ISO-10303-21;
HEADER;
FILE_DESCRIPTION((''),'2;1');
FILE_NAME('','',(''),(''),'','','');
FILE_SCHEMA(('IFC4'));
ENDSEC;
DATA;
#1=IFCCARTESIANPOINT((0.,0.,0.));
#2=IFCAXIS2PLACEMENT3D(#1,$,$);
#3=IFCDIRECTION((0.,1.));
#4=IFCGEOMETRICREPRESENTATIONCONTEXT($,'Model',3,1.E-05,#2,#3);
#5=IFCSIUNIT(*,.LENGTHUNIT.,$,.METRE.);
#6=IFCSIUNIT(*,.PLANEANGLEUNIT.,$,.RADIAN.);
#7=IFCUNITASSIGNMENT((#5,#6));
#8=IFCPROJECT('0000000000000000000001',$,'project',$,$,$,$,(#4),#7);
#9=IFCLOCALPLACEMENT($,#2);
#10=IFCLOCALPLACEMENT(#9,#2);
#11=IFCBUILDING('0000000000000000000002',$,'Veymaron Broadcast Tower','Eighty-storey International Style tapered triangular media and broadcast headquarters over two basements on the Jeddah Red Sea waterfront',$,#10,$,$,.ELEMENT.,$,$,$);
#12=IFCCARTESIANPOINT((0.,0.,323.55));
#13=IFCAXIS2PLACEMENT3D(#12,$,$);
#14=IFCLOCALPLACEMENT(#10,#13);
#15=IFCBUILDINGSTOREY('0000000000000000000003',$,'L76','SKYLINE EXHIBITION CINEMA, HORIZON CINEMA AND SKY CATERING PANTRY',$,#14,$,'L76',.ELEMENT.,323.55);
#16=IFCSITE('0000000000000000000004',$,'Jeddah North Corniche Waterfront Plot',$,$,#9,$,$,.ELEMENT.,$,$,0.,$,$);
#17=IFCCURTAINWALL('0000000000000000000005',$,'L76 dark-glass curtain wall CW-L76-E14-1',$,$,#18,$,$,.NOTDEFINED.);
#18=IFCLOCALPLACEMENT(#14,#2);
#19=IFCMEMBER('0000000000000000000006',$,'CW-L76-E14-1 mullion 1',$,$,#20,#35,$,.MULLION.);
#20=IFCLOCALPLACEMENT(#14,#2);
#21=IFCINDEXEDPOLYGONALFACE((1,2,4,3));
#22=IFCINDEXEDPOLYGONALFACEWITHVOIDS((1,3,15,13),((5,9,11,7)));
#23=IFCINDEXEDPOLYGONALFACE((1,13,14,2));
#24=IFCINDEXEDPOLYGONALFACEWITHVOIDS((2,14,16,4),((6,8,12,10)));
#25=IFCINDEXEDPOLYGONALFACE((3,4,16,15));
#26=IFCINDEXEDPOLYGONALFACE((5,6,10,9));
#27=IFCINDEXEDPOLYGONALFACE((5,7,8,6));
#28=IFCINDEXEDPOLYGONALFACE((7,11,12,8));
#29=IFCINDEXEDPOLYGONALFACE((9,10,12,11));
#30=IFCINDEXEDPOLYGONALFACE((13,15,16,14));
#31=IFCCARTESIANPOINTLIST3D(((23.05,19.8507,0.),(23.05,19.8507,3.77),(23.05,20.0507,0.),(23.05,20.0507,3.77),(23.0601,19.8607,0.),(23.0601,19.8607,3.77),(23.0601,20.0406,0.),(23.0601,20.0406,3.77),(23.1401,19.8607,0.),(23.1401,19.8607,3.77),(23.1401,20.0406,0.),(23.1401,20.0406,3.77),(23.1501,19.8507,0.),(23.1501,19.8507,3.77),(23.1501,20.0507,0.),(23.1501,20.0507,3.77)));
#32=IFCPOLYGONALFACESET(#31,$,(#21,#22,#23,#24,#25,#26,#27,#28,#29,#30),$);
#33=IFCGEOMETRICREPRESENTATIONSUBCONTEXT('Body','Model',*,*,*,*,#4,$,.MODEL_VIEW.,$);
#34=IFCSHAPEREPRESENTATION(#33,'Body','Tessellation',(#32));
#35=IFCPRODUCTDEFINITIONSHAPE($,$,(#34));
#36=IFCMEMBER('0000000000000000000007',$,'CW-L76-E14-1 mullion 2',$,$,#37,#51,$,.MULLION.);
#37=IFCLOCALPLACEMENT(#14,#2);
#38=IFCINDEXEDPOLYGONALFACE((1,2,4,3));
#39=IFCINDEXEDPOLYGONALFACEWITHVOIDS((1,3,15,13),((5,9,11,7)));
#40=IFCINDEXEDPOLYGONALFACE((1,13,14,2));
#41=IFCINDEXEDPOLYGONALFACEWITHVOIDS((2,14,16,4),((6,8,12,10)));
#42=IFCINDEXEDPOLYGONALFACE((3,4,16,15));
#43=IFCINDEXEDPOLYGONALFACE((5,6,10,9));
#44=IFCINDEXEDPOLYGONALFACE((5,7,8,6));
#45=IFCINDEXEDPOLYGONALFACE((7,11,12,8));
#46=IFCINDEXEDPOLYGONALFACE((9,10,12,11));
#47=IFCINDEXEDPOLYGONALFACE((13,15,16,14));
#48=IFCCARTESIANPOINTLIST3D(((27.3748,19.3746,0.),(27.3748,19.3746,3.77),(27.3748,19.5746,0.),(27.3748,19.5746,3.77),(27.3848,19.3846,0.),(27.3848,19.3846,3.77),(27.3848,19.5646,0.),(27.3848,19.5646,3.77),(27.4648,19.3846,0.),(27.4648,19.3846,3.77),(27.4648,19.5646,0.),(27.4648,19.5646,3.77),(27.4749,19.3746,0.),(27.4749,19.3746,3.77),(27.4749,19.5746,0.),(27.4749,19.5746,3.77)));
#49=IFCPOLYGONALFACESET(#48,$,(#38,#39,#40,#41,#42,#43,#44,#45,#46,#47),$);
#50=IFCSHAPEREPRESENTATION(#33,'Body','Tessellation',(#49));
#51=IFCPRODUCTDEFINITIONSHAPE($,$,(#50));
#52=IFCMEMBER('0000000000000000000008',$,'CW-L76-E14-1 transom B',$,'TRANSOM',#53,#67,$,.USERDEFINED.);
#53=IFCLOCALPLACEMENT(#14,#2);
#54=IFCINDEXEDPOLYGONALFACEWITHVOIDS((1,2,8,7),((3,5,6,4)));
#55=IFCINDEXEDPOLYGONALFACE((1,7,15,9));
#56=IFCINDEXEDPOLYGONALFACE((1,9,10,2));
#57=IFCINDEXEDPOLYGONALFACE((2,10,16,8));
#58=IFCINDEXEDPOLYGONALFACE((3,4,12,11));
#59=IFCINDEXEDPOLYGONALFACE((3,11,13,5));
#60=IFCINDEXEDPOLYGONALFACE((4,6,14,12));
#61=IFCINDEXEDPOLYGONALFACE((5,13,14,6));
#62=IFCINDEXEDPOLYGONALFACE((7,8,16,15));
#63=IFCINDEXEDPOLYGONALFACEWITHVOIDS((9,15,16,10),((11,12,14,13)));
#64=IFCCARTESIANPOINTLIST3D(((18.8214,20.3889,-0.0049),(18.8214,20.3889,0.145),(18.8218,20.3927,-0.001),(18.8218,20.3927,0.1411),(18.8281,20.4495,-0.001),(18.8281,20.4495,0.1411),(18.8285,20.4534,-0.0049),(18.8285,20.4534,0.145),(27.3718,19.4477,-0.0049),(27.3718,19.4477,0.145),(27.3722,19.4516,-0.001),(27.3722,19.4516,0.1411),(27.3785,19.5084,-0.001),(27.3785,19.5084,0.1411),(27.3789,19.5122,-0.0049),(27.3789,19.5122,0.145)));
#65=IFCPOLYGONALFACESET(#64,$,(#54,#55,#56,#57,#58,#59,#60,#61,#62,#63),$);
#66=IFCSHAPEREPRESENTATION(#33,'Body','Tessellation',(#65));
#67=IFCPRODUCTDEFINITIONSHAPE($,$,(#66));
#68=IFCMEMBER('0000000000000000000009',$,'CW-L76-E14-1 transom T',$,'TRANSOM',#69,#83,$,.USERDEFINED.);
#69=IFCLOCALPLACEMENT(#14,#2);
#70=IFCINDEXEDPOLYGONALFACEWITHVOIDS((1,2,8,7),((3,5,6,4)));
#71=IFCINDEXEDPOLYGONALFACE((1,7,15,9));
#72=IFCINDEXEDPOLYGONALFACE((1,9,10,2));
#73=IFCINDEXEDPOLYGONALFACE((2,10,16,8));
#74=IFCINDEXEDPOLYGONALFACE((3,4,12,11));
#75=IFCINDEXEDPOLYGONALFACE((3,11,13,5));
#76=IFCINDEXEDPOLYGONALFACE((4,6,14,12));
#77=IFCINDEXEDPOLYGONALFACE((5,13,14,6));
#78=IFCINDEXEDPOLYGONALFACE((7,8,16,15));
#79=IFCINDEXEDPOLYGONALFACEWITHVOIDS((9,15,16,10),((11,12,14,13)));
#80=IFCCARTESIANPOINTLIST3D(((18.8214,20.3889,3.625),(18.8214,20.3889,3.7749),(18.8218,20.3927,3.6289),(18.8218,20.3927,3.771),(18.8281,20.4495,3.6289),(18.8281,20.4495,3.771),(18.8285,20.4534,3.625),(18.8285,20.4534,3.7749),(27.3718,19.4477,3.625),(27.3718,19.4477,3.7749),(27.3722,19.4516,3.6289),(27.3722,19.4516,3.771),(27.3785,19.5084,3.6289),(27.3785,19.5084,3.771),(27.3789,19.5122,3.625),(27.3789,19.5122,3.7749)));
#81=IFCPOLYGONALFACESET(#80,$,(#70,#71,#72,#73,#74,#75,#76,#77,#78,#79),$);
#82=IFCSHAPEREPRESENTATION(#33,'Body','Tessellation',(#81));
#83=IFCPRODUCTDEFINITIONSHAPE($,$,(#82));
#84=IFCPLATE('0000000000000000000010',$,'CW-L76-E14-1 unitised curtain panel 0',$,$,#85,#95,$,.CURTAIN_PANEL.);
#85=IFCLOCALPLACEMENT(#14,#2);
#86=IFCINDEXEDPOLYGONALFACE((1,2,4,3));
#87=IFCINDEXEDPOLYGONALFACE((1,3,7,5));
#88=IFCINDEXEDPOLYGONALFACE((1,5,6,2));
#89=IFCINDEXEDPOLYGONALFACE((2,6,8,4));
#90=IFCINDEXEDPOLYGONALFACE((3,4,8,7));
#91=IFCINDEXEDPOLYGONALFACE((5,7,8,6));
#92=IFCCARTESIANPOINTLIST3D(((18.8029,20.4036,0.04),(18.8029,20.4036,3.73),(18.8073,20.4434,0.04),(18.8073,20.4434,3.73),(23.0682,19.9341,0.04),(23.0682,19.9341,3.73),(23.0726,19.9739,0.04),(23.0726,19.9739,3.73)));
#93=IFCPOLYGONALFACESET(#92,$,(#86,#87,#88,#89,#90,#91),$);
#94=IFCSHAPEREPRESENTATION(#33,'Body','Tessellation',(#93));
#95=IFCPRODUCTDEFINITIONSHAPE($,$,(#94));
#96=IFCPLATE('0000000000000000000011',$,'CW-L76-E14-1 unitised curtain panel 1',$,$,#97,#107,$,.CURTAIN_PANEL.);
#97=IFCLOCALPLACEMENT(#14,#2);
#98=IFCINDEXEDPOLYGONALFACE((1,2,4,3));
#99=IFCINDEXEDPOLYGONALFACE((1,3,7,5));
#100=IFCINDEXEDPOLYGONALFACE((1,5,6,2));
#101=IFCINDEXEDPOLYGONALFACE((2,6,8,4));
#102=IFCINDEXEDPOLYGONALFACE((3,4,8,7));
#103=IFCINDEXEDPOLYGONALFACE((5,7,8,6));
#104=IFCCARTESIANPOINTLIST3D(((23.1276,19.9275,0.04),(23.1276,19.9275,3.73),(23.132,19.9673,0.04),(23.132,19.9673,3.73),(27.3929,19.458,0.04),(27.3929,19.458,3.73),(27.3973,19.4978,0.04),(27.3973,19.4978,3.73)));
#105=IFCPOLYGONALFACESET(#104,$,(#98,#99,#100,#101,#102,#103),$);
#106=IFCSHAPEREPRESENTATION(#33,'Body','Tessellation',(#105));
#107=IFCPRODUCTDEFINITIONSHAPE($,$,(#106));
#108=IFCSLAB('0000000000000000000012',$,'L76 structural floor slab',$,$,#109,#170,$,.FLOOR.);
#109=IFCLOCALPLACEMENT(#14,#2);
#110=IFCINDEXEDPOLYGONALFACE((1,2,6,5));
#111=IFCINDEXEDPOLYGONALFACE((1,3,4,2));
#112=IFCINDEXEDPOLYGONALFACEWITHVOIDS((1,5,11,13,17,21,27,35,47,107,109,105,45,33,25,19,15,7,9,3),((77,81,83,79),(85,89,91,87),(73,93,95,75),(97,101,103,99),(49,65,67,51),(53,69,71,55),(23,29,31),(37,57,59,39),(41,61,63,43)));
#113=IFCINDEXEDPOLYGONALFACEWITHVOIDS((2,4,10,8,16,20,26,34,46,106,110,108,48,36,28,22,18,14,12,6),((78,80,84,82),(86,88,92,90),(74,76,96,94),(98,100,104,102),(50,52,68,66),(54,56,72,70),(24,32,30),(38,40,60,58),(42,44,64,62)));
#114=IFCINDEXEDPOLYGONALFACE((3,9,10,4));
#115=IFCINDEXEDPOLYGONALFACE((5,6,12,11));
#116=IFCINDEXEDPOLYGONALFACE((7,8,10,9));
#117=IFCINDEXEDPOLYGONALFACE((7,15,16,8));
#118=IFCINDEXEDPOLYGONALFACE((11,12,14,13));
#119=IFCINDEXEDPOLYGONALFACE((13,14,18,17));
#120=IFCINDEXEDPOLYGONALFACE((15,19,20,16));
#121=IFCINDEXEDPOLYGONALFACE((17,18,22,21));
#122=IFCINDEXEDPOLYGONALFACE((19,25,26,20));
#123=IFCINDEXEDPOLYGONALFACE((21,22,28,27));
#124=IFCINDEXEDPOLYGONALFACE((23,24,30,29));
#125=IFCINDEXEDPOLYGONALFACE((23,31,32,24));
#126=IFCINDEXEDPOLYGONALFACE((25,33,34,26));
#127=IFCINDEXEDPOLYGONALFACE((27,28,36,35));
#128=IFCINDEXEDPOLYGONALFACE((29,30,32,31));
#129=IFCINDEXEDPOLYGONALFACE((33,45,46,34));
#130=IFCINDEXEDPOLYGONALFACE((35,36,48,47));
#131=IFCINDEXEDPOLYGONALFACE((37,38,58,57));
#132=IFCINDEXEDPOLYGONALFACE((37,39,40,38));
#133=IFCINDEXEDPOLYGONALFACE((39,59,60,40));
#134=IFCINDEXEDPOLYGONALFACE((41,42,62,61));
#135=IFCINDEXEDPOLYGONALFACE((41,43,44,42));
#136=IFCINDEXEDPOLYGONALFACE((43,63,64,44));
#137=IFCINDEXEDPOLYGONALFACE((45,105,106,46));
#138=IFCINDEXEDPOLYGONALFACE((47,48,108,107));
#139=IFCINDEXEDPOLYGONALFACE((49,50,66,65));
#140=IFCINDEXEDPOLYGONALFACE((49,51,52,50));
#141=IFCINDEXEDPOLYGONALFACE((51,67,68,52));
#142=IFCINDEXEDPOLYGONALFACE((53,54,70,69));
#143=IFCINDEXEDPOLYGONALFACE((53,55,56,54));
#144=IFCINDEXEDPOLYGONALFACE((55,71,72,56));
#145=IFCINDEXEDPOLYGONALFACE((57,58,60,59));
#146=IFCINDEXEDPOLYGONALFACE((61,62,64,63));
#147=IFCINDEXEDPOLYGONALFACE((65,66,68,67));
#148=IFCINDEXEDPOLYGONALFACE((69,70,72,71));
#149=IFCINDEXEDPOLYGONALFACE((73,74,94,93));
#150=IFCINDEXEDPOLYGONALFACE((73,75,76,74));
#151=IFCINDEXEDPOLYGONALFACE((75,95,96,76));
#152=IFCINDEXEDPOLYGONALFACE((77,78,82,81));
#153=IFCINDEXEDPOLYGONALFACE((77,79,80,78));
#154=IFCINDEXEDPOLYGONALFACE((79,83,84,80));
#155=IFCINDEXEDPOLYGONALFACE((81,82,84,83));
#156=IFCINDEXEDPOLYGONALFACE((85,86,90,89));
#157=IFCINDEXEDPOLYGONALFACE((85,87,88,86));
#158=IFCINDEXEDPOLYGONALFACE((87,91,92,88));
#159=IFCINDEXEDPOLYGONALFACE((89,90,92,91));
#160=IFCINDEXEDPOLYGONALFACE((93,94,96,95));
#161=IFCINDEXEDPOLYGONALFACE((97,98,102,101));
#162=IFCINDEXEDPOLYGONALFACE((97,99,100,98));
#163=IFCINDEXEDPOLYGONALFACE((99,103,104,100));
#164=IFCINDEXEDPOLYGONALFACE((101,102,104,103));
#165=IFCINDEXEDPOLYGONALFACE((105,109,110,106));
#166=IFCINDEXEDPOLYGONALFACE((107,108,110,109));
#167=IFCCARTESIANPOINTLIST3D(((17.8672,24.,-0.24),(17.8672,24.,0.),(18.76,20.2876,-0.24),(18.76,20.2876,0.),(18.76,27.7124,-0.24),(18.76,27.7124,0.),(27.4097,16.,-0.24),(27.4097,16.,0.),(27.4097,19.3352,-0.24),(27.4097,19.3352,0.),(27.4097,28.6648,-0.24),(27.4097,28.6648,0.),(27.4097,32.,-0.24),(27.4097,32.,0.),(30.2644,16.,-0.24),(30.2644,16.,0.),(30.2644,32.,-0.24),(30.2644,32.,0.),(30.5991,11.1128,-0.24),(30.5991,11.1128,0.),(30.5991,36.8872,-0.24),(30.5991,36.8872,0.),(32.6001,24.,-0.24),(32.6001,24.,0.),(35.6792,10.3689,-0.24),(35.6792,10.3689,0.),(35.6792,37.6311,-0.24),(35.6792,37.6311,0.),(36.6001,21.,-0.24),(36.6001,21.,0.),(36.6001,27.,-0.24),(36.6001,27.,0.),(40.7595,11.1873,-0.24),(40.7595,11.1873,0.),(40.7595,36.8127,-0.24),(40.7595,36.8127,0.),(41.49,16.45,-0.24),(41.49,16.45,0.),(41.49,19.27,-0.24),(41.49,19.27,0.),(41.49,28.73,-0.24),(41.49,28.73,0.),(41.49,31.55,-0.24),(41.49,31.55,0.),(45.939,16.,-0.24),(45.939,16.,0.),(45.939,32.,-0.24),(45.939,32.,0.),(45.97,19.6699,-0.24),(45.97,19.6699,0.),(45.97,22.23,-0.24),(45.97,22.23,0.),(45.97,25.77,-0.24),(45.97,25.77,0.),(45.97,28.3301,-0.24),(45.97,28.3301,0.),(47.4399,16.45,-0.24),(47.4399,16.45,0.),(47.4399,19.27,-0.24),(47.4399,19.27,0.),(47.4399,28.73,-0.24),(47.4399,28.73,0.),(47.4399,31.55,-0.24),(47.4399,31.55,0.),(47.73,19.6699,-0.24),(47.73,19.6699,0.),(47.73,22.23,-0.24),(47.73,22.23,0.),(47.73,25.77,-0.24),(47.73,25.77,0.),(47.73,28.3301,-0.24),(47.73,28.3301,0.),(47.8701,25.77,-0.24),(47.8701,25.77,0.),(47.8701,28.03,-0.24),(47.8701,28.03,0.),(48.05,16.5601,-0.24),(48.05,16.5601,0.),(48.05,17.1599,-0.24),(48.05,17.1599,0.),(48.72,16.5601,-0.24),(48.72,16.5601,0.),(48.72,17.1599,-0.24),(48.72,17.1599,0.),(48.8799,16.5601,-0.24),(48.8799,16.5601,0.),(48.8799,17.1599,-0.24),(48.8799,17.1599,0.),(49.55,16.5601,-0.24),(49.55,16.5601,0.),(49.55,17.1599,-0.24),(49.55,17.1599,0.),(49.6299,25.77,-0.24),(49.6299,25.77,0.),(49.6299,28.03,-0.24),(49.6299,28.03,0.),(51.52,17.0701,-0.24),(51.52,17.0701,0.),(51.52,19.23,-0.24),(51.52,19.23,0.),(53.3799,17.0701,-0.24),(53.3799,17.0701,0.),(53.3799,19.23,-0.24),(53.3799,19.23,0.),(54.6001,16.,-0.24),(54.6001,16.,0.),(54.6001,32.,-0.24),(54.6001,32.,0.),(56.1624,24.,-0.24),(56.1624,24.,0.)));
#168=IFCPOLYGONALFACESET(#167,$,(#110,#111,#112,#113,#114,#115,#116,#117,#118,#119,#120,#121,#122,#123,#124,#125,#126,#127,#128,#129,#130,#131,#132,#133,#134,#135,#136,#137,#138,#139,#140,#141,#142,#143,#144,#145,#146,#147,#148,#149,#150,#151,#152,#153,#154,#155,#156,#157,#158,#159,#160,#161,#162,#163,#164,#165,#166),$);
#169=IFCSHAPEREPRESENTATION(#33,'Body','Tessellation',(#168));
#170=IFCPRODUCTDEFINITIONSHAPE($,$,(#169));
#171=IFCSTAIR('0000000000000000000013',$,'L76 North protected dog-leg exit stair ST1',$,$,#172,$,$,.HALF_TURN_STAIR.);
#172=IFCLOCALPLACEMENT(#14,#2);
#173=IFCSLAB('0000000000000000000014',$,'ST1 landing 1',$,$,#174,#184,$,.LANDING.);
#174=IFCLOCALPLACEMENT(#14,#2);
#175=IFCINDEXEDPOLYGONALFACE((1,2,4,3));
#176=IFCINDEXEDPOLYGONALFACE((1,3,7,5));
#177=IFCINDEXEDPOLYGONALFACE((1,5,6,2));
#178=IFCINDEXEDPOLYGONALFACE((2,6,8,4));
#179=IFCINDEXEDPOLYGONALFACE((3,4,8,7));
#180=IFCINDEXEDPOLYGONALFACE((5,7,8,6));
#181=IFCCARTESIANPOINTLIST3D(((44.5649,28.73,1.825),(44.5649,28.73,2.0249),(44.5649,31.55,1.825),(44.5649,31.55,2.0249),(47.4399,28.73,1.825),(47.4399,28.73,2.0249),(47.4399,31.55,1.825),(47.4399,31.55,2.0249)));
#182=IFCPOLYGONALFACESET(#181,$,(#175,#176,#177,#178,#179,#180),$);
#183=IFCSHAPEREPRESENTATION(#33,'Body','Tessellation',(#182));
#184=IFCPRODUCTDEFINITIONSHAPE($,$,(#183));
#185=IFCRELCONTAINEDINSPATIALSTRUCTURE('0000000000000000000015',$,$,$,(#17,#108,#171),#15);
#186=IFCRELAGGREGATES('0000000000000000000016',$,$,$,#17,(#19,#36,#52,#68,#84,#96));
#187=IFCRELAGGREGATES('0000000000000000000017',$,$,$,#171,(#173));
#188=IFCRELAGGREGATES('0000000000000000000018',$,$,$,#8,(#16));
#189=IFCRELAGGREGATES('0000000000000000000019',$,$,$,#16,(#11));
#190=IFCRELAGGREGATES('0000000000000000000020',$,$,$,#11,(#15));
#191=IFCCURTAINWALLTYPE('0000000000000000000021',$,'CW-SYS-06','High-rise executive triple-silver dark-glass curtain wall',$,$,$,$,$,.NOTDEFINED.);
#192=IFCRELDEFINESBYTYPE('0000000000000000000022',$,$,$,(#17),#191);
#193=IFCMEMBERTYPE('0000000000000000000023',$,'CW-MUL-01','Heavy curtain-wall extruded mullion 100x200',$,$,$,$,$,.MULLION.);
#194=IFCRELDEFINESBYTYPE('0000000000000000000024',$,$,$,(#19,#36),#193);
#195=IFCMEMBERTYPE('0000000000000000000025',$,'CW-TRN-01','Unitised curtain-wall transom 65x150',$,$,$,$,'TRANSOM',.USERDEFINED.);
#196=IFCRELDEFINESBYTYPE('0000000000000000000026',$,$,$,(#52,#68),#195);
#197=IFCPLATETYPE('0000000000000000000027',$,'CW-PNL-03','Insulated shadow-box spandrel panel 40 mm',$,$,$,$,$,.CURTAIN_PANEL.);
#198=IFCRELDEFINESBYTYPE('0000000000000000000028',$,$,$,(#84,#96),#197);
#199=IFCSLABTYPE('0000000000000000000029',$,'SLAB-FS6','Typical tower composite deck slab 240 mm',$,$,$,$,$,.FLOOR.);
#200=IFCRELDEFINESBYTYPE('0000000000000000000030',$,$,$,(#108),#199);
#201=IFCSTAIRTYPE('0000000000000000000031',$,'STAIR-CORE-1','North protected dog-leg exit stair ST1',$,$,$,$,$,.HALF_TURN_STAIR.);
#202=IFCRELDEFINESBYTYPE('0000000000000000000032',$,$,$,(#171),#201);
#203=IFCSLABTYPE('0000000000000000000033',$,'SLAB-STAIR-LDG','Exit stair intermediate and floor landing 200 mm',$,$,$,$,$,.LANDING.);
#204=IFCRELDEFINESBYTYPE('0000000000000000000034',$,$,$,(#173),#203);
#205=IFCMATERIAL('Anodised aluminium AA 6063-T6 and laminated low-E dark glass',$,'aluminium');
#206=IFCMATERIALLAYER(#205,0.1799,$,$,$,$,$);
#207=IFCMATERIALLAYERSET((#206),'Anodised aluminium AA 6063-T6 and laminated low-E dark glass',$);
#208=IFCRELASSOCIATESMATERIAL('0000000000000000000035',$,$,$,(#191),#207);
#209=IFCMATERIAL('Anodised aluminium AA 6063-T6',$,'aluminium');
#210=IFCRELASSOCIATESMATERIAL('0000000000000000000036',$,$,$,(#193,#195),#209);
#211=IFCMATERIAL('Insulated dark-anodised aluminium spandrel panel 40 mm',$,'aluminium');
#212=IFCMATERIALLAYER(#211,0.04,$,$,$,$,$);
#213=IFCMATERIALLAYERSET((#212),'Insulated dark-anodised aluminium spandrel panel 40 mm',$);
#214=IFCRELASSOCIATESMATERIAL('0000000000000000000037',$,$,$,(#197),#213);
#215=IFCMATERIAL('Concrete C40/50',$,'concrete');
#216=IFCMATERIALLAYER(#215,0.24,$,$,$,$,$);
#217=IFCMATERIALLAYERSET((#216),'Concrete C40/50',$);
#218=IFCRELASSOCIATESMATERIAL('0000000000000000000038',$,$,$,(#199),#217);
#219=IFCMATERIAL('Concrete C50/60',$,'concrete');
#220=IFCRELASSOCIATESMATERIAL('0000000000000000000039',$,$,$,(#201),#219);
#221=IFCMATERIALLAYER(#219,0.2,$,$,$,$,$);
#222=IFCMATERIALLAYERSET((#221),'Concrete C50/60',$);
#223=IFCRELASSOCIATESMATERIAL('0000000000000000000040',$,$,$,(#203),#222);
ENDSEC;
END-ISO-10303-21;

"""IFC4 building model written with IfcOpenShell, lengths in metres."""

from ifc_helpers import new_model, si_unit, direction, frame, origin, origin_2d, place, context, subcontext, project, spatial, polyline, rectangle, hollow_rectangle, outline, extrude, material, layer, layer_set, material_profile, profile_set, type_object, element, aggregate, save


model = new_model("IFC4")

# Units and contexts
model_context = context("Model", 3, precision=1e-05, world=origin(), true_north=direction((0.0, 1.0)))
body_context = subcontext(model_context, "Body", "Model", "MODEL_VIEW")
ifc_project = project(units=[si_unit("LENGTHUNIT", "METRE"), si_unit("PLANEANGLEUNIT", "RADIAN")], contexts=[model_context])

# Site, building, storey
site_placement = place(None, origin())
site = spatial("IfcSite", under=ifc_project, at=site_placement, Name="Jeddah North Corniche Waterfront Plot", CompositionType="ELEMENT", RefElevation=0.0)
building_placement = place(site_placement, origin())
building = spatial("IfcBuilding", under=site, at=building_placement, Name="Veymaron Broadcast Tower", Description="Eighty-storey International Style tapered triangular media and broadcast headquarters over two basements on the Jeddah Red Sea waterfront", CompositionType="ELEMENT")
storey_placement = place(building_placement, frame((0.0, 0.0, 323.55)))
storey = spatial("IfcBuildingStorey", under=building, at=storey_placement, Name="L76", Description="SKYLINE EXHIBITION CINEMA, HORIZON CINEMA AND SKY CATERING PANTRY", LongName="L76", CompositionType="ELEMENT", Elevation=323.55)

# Curtain wall, members, plates
ifc_material_1 = material(Name="Anodised aluminium AA 6063-T6 and laminated low-E dark glass", Category="aluminium")
ifc_layer_1 = layer(ifc_material_1, 0.1799)
ifc_layer_set_1 = layer_set([ifc_layer_1], Name="Anodised aluminium AA 6063-T6 and laminated low-E dark glass")
curtain_wall_type = type_object("IfcCurtainWallType", Name="CW-SYS-06", Description="High-rise executive triple-silver dark-glass curtain wall", PredefinedType="NOTDEFINED", material=ifc_layer_set_1)
curtain_wall_placement = place(storey_placement, origin())
curtain_wall = element("IfcCurtainWall", 1, at=curtain_wall_placement, inside=storey, type_object=curtain_wall_type, Name="L76 dark-glass curtain wall CW-L76-E14-1", PredefinedType="NOTDEFINED")
ifc_material_2 = material(Name="Anodised aluminium AA 6063-T6", Category="aluminium")
ifc_material_profile_1 = material_profile(ifc_material_2, hollow_rectangle(XDim=0.1001, YDim=0.2, WallThickness=0.01, at=origin_2d()), Name="RHS200X100X10")
ifc_profile_set_1 = profile_set([ifc_material_profile_1], Name="Anodised aluminium AA 6063-T6")
member_type_1 = type_object("IfcMemberType", Name="CW-MUL-01", Description="Heavy curtain-wall extruded mullion 100x200", PredefinedType="MULLION", material=ifc_profile_set_1)
member_1_placement = place(storey_placement, frame((23.1001, 19.9507, 0.0), z_axis=(0.0, 0.0, 1.0), x_axis=(1.0, 0.0, 0.0)))
member_1 = element("IfcMember", 2, at=member_1_placement, type_object=member_type_1, Name="CW-L76-E14-1 mullion 1", PredefinedType="MULLION", context=body_context, shape_type="SweptSolid", body=[
    extrude(hollow_rectangle(XDim=0.1001, YDim=0.2, WallThickness=0.01, at=origin_2d()), origin(), (0.0, 0.0, 1.0), 3.77),
])
member_2_placement = place(storey_placement, frame((27.4248, 19.4746, 0.0), z_axis=(0.0, 0.0, 1.0), x_axis=(1.0, 0.0, 0.0)))
member_2 = element("IfcMember", 3, at=member_2_placement, type_object=member_type_1, Name="CW-L76-E14-1 mullion 2", PredefinedType="MULLION", context=body_context, shape_type="SweptSolid", body=[
    extrude(hollow_rectangle(XDim=0.1001, YDim=0.2, WallThickness=0.01, at=origin_2d()), origin(), (0.0, 0.0, 1.0), 3.77),
])
ifc_material_profile_2 = material_profile(ifc_material_2, hollow_rectangle(XDim=0.0649, YDim=0.1499, WallThickness=0.0039, at=origin_2d()), Name="AL150X65X4")
ifc_profile_set_2 = profile_set([ifc_material_profile_2], Name="Anodised aluminium AA 6063-T6")
member_type_2 = type_object("IfcMemberType", Name="CW-TRN-01", Description="Unitised curtain-wall transom 65x150", ElementType="TRANSOM", PredefinedType="USERDEFINED", material=ifc_profile_set_2)
member_3_placement = place(storey_placement, frame((18.825, 20.4211, 0.0701), z_axis=(0.993996, -0.109413, 0.0), x_axis=(0.109413, 0.993996, 0.0)))
member_3 = element("IfcMember", 4, at=member_3_placement, type_object=member_type_2, Name="CW-L76-E14-1 transom B", ObjectType="TRANSOM", PredefinedType="USERDEFINED", context=body_context, shape_type="SweptSolid", body=[
    extrude(hollow_rectangle(XDim=0.0649, YDim=0.1499, WallThickness=0.0039, at=origin_2d()), origin(), (0.0, 0.0, 1.0), 8.6021),
])
member_4_placement = place(storey_placement, frame((18.825, 20.4211, 3.7), z_axis=(0.993996, -0.109413, 0.0), x_axis=(0.109413, 0.993996, 0.0)))
member_4 = element("IfcMember", 5, at=member_4_placement, type_object=member_type_2, Name="CW-L76-E14-1 transom T", ObjectType="TRANSOM", PredefinedType="USERDEFINED", context=body_context, shape_type="SweptSolid", body=[
    extrude(hollow_rectangle(XDim=0.0649, YDim=0.1499, WallThickness=0.0039, at=origin_2d()), origin(), (0.0, 0.0, 1.0), 8.6021),
])
ifc_material_3 = material(Name="Insulated dark-anodised aluminium spandrel panel 40 mm", Category="aluminium")
ifc_layer_2 = layer(ifc_material_3, 0.04)
ifc_layer_set_2 = layer_set([ifc_layer_2], Name="Insulated dark-anodised aluminium spandrel panel 40 mm")
plate_type = type_object("IfcPlateType", Name="CW-PNL-03", Description="Insulated shadow-box spandrel panel 40 mm", PredefinedType="CURTAIN_PANEL", material=ifc_layer_set_2)
plate_1_placement = place(storey_placement, frame((20.9377, 20.1887, 0.04), z_axis=(0.0, 0.0, 1.0), x_axis=(0.993995, -0.109422, 0.0)))
plate_1 = element("IfcPlate", 6, at=plate_1_placement, type_object=plate_type, Name="CW-L76-E14-1 unitised curtain panel 0", PredefinedType="CURTAIN_PANEL", context=body_context, shape_type="SweptSolid", body=[
    extrude(rectangle(XDim=4.291, YDim=0.04, at=origin_2d()), origin(), (0.0, 0.0, 1.0), 3.6899),
])
plate_2_placement = place(storey_placement, frame((25.2625, 19.7126, 0.04), z_axis=(0.0, 0.0, 1.0), x_axis=(0.993995, -0.109422, 0.0)))
plate_2 = element("IfcPlate", 7, at=plate_2_placement, type_object=plate_type, Name="CW-L76-E14-1 unitised curtain panel 1", PredefinedType="CURTAIN_PANEL", context=body_context, shape_type="SweptSolid", body=[
    extrude(rectangle(XDim=4.291, YDim=0.04, at=origin_2d()), origin(), (0.0, 0.0, 1.0), 3.6899),
])
aggregate(curtain_wall, [member_1, member_2, member_3, member_4, plate_1, plate_2])

# Slab
ifc_material_4 = material(Name="Concrete C40/50", Category="concrete")
ifc_layer_3 = layer(ifc_material_4, 0.24)
ifc_layer_set_3 = layer_set([ifc_layer_3], Name="Concrete C40/50")
slab_type_1 = type_object("IfcSlabType", Name="SLAB-FS6", Description="Typical tower composite deck slab 240 mm", PredefinedType="FLOOR", material=ifc_layer_set_3)
slab_1_placement = place(storey_placement, frame((0.0, 0.0, -0.24)))
element("IfcSlab", 8, at=slab_1_placement, inside=storey, type_object=slab_type_1, Name="L76 structural floor slab", PredefinedType="FLOOR", context=body_context, shape_type="SweptSolid", body=[
    extrude(outline(polyline([(45.939, 16.0), (54.6001, 16.0), (56.1624, 24.0), (54.6001, 32.0), (45.939, 32.0), (40.7595, 36.8127), (35.6792, 37.6311), (30.5991, 36.8872), (30.2644, 32.0), (27.4097, 32.0), (27.4097, 28.6648), (18.76, 27.7124), (17.8672, 24.0), (18.76, 20.2876), (27.4097, 19.3352), (27.4097, 16.0), (30.2644, 16.0), (30.5991, 11.1128), (35.6792, 10.3689), (40.7595, 11.1873), (45.939, 16.0)]), holes=[polyline([(45.97, 28.3301), (47.73, 28.3301), (47.73, 25.77), (45.97, 25.77), (45.97, 28.3301)]), polyline([(45.97, 22.23), (47.73, 22.23), (47.73, 19.6699), (45.97, 19.6699), (45.97, 22.23)]), polyline([(47.8701, 28.03), (49.6299, 28.03), (49.6299, 25.77), (47.8701, 25.77), (47.8701, 28.03)]), polyline([(51.52, 19.23), (53.3799, 19.23), (53.3799, 17.0701), (51.52, 17.0701), (51.52, 19.23)]), polyline([(48.05, 17.1599), (48.72, 17.1599), (48.72, 16.5601), (48.05, 16.5601), (48.05, 17.1599)]), polyline([(48.8799, 17.1599), (49.55, 17.1599), (49.55, 16.5601), (48.8799, 16.5601), (48.8799, 17.1599)]), polyline([(36.6001, 27.0), (36.6001, 21.0), (32.6001, 24.0), (36.6001, 27.0)]), polyline([(41.49, 31.55), (47.4399, 31.55), (47.4399, 28.73), (41.49, 28.73), (41.49, 31.55)]), polyline([(41.49, 19.27), (47.4399, 19.27), (47.4399, 16.45), (41.49, 16.45), (41.49, 19.27)])]), origin(), (0.0, 0.0, 1.0), 0.24),
])

# Stair, slab
ifc_material_5 = material(Name="Concrete C50/60", Category="concrete")
stair_type_1 = type_object("IfcStairType", Name="STAIR-CORE-1", Description="North protected dog-leg exit stair ST1", PredefinedType="HALF_TURN_STAIR", material=ifc_material_5)
stair_1_placement = place(storey_placement, origin())
stair_1 = element("IfcStair", 9, at=stair_1_placement, inside=storey, type_object=stair_type_1, Name="L76 North protected dog-leg exit stair ST1", PredefinedType="HALF_TURN_STAIR")
ifc_layer_4 = layer(ifc_material_5, 0.2)
ifc_layer_set_4 = layer_set([ifc_layer_4], Name="Concrete C50/60")
slab_type_2 = type_object("IfcSlabType", Name="SLAB-STAIR-LDG", Description="Exit stair intermediate and floor landing 200 mm", PredefinedType="LANDING", material=ifc_layer_set_4)
slab_2_placement = place(storey_placement, frame((0.0, 0.0, 1.825)))
slab_2 = element("IfcSlab", 10, at=slab_2_placement, type_object=slab_type_2, Name="ST1 landing 1", PredefinedType="LANDING", context=body_context, shape_type="SweptSolid", body=[
    extrude(outline(polyline([(44.5649, 28.73), (47.4399, 28.73), (47.4399, 31.55), (44.5649, 31.55), (44.5649, 28.73)])), origin(), (0.0, 0.0, 1.0), 0.2),
])
aggregate(stair_1, [slab_2])

save(model, "model.ifc")
